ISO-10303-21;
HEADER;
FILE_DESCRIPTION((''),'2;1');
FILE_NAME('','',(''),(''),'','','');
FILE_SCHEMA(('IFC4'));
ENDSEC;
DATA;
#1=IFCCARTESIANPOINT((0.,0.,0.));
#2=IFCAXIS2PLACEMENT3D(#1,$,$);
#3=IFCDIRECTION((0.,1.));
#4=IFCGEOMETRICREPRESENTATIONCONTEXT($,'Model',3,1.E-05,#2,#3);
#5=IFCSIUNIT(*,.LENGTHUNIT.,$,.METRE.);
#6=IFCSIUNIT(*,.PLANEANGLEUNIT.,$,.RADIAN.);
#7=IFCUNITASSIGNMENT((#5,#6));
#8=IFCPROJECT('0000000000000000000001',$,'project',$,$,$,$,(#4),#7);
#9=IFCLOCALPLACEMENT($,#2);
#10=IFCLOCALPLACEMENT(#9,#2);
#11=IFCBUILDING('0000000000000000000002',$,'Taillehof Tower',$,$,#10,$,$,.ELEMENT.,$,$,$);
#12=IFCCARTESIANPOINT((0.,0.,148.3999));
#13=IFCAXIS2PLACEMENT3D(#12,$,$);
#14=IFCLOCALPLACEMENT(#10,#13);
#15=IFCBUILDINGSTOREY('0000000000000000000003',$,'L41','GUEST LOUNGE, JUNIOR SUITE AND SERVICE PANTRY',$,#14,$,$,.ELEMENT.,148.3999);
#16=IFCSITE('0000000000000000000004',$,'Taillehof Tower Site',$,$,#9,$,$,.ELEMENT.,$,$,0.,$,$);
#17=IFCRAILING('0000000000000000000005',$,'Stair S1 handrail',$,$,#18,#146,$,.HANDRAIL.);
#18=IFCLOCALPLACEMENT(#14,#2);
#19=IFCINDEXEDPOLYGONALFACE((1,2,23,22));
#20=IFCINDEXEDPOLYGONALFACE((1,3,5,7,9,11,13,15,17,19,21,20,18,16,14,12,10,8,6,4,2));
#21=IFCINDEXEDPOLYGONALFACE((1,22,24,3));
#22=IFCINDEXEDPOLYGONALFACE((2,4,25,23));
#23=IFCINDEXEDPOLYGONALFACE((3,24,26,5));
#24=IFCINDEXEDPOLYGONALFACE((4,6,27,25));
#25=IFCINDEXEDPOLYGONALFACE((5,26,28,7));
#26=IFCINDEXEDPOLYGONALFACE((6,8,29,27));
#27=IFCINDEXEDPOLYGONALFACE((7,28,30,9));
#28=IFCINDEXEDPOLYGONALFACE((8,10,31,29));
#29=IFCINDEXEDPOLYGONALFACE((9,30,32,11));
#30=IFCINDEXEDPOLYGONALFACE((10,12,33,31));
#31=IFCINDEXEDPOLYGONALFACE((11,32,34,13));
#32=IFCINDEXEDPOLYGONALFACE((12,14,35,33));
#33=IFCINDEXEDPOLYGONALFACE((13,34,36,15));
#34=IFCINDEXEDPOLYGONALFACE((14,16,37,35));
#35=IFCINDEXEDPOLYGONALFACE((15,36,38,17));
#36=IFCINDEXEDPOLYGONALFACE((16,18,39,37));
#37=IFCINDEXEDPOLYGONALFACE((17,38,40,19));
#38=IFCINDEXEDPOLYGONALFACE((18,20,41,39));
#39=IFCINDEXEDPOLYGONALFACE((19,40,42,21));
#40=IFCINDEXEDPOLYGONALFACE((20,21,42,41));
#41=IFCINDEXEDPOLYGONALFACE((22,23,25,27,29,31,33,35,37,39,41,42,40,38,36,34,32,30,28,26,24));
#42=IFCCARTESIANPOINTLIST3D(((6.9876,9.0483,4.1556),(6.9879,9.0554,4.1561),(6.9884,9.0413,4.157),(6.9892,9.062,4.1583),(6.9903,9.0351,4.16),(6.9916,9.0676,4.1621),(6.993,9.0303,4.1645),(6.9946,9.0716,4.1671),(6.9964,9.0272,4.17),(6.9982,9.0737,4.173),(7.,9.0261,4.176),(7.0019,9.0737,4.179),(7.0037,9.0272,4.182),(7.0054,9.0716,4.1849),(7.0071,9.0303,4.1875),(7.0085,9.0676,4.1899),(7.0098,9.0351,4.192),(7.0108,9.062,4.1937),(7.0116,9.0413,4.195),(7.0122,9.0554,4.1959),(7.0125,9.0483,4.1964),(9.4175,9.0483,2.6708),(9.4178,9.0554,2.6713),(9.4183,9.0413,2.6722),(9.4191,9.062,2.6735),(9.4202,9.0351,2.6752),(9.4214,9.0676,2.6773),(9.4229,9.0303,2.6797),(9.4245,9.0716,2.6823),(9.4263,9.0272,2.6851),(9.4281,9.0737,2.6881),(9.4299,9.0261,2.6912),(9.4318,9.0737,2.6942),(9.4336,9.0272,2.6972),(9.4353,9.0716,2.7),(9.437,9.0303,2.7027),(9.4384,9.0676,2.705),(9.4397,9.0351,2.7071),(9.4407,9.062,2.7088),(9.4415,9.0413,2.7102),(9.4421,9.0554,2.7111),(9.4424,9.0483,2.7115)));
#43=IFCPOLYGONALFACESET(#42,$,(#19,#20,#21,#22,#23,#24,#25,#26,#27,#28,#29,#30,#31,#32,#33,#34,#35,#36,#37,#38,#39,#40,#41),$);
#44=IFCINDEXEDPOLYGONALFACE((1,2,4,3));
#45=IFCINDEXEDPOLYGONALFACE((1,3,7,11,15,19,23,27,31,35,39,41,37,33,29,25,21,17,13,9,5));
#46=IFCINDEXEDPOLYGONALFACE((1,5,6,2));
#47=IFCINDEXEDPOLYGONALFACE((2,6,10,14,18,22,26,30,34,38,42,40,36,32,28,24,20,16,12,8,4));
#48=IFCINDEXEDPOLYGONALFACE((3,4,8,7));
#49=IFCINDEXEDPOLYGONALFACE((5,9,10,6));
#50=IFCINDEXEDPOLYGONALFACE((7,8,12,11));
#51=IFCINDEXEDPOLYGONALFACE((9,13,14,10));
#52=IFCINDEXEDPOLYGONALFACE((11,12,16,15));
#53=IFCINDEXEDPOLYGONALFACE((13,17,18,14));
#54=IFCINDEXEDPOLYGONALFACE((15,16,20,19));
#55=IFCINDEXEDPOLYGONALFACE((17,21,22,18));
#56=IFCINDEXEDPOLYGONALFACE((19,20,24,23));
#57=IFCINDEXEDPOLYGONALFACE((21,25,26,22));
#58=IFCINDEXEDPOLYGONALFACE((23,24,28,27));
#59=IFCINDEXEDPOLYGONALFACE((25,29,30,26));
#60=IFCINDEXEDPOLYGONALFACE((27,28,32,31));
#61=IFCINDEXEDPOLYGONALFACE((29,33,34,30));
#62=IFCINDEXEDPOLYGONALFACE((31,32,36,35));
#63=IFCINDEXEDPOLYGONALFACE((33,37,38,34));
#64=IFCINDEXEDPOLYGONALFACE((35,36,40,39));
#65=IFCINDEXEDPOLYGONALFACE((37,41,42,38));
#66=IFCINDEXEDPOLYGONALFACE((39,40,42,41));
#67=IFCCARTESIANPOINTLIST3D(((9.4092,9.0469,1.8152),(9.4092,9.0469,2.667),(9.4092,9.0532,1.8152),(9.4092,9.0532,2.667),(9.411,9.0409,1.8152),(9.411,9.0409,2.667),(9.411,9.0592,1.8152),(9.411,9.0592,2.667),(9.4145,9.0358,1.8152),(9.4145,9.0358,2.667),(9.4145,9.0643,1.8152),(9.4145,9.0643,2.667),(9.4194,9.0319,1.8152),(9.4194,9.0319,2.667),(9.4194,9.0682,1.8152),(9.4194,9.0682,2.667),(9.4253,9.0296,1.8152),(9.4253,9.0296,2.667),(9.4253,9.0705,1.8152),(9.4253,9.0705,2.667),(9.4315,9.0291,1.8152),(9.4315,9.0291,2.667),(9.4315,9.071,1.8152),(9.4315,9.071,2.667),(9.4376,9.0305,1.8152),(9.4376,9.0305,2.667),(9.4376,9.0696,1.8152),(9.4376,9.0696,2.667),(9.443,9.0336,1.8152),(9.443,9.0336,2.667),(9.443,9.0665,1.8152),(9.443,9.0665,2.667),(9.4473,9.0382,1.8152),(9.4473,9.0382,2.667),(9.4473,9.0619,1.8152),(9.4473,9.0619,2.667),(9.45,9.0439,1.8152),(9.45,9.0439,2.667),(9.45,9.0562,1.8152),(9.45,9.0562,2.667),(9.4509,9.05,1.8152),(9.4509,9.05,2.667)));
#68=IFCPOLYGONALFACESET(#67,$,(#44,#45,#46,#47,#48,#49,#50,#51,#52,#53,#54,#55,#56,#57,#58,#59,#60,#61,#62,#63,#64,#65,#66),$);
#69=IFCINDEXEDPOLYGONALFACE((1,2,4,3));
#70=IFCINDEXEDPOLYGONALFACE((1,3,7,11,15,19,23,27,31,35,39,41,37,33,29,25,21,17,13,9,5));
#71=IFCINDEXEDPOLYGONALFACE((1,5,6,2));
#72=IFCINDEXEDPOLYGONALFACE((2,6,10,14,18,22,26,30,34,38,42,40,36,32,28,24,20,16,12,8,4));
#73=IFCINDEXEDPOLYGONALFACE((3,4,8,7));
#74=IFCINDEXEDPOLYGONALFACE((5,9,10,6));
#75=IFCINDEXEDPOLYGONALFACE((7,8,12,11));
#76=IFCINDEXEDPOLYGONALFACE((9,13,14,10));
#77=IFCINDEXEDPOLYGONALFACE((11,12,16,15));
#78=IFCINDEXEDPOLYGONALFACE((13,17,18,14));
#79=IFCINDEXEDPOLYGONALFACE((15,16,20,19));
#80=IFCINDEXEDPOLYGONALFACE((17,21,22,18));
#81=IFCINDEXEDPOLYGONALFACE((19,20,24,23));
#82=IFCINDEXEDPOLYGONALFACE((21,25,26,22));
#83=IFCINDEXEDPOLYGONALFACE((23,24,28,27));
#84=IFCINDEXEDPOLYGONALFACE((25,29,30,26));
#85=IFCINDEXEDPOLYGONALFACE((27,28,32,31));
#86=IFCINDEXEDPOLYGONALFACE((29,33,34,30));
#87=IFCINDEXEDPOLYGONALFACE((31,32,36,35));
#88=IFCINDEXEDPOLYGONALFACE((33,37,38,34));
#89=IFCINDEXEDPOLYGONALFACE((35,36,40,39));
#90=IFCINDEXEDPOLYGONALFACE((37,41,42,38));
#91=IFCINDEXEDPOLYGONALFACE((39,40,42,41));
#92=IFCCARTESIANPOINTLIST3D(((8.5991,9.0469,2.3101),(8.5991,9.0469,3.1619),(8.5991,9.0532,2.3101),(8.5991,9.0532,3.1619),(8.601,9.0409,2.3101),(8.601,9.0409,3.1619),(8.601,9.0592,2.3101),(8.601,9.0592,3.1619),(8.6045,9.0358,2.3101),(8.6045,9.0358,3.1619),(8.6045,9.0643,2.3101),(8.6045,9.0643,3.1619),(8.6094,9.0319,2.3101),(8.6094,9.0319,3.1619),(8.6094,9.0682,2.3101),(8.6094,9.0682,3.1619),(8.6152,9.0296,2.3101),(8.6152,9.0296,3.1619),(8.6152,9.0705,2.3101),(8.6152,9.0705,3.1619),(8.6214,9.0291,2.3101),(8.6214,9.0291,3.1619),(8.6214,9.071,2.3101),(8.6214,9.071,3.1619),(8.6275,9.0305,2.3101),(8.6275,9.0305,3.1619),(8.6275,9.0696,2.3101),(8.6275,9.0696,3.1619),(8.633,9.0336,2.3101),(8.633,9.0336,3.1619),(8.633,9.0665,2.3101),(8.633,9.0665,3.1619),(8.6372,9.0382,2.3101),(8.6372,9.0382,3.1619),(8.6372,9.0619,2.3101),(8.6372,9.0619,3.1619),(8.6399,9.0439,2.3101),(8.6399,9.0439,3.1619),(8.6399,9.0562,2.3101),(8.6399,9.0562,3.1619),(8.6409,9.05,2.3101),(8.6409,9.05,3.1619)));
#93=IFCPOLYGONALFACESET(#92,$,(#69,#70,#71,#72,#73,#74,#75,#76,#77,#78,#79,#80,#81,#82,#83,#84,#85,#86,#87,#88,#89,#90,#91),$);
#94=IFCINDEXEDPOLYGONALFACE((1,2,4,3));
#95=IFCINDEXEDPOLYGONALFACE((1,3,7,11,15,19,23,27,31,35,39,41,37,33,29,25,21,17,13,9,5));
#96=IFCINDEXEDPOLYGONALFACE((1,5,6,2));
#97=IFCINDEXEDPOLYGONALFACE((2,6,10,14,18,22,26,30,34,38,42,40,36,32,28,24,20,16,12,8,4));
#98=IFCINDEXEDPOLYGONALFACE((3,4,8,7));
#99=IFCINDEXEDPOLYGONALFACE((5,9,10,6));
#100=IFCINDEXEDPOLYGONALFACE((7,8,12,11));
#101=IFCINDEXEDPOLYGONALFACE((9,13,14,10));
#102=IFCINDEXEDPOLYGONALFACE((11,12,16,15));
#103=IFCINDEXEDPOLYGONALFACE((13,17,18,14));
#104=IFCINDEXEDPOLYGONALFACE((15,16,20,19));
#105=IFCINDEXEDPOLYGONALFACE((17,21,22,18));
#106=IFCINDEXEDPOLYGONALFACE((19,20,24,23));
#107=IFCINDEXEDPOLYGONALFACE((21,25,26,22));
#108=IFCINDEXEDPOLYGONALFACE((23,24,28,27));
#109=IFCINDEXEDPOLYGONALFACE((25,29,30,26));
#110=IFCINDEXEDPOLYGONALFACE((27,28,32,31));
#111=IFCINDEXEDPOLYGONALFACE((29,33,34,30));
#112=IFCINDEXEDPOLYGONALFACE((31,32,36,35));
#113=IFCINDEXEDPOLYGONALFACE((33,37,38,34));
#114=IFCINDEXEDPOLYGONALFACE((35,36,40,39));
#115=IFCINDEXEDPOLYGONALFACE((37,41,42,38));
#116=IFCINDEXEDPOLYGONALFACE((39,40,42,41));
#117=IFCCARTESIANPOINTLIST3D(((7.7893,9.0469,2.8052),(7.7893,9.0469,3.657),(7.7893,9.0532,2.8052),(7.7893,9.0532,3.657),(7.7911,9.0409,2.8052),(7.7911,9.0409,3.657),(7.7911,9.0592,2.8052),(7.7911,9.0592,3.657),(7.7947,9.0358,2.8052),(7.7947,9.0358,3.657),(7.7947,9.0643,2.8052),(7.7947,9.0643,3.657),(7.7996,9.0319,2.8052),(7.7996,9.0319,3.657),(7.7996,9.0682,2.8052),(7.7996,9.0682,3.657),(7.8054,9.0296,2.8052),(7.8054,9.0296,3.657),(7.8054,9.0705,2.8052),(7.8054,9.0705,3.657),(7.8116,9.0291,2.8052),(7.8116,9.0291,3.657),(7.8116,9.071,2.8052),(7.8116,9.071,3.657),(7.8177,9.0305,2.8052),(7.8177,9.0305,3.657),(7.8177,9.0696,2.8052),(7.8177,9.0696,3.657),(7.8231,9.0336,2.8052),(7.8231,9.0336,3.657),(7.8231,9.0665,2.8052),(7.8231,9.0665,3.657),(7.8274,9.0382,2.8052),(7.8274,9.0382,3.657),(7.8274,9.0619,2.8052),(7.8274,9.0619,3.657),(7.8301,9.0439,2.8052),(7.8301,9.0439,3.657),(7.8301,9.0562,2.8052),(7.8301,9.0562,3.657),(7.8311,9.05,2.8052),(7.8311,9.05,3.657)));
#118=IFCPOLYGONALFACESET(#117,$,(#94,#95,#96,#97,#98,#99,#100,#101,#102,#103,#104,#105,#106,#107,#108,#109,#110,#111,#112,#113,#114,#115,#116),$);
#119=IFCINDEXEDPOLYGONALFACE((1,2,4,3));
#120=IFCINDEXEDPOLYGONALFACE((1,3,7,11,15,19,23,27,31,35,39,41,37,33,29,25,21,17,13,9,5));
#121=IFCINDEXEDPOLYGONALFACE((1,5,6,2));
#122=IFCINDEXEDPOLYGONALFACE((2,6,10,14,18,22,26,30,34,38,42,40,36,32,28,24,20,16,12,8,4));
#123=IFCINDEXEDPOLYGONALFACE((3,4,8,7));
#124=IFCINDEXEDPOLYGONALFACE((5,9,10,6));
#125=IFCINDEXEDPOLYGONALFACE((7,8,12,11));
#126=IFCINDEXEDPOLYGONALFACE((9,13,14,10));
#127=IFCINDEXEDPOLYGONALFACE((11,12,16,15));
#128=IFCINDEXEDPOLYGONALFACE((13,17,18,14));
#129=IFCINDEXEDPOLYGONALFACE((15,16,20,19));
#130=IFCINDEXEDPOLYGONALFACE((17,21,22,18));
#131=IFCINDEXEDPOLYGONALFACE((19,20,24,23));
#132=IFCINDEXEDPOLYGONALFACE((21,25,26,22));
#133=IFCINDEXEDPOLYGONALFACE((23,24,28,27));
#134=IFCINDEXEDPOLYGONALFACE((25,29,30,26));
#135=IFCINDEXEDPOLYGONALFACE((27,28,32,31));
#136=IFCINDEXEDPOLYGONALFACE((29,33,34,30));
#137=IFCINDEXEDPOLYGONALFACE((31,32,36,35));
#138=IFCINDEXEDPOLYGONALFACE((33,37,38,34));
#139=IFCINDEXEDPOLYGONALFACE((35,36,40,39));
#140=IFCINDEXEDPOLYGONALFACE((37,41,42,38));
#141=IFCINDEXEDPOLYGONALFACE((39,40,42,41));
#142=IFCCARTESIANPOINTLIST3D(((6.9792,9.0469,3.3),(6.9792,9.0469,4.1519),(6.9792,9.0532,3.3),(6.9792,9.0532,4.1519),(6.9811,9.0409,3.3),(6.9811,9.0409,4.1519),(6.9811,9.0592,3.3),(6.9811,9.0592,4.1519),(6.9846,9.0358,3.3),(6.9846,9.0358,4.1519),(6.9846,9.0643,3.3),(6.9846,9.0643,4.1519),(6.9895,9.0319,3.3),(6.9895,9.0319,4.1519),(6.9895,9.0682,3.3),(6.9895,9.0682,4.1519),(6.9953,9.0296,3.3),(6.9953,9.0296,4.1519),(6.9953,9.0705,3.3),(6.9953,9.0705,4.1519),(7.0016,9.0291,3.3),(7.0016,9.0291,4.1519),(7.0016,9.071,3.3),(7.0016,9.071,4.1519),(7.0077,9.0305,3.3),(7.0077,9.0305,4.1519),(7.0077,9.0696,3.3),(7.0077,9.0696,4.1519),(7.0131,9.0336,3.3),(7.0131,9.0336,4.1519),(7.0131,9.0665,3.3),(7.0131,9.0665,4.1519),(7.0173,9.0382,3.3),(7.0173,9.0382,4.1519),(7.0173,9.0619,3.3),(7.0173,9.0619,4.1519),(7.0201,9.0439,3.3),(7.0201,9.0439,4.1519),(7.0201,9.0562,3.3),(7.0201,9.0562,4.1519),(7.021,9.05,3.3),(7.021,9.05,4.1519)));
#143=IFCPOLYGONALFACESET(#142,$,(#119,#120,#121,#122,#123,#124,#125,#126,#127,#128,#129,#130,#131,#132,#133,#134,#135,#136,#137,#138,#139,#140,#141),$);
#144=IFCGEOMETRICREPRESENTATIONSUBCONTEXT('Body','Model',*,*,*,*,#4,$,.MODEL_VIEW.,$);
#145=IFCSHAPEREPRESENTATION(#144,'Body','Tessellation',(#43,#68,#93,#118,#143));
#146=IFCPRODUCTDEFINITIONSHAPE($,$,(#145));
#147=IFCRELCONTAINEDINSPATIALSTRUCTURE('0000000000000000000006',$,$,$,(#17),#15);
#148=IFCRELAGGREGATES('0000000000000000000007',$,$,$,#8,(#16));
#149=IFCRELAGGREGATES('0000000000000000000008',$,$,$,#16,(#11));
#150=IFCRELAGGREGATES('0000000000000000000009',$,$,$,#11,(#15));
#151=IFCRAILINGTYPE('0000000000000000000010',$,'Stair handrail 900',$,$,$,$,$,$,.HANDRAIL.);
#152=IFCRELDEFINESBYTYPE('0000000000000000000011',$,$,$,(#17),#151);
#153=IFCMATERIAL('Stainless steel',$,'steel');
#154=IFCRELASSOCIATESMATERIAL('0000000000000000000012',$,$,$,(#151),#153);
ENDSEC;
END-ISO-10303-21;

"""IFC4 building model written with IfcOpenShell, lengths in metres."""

from ifc_helpers import new_model, si_unit, direction, frame, origin, origin_2d, place, context, subcontext, project, spatial, circle, extrude, material, type_object, element, save


model = new_model("IFC4")

# Units and contexts
model_context = context("Model", 3, precision=1e-05, world=origin(), true_north=direction((0.0, 1.0)))
body_context = subcontext(model_context, "Body", "Model", "MODEL_VIEW")
ifc_project = project(units=[si_unit("LENGTHUNIT", "METRE"), si_unit("PLANEANGLEUNIT", "RADIAN")], contexts=[model_context])

# Site, building, storey
site_placement = place(None, origin())
site = spatial("IfcSite", under=ifc_project, at=site_placement, Name="Taillehof Tower Site", CompositionType="ELEMENT", RefElevation=0.0)
building_placement = place(site_placement, origin())
building = spatial("IfcBuilding", under=site, at=building_placement, Name="Taillehof Tower", CompositionType="ELEMENT")
storey_placement = place(building_placement, frame((0.0, 0.0, 148.3999)))
storey = spatial("IfcBuildingStorey", under=building, at=storey_placement, Name="L41", Description="GUEST LOUNGE, JUNIOR SUITE AND SERVICE PANTRY", CompositionType="ELEMENT", Elevation=148.3999)

# Railing
ifc_material_1 = material(Name="Stainless steel", Category="steel")
railing_type = type_object("IfcRailingType", Name="Stair handrail 900", PredefinedType="HANDRAIL", material=ifc_material_1)
railing_1_placement = place(storey_placement, frame((9.4299, 9.05, 1.8152)))
element("IfcRailing", 1, at=railing_1_placement, inside=storey, type_object=railing_type, Name="Stair S1 handrail", PredefinedType="HANDRAIL", context=body_context, shape_type="SweptSolid", body=[
    extrude(circle(Radius=0.0239, at=origin_2d()), frame((0.0, 0.0, 0.876), z_axis=(-0.853297, 0.0, 0.521426), x_axis=(0.0, -1.0, 0.0)), (0.0, 0.0, 1.0), 2.8477),
    extrude(circle(Radius=0.021, at=origin_2d()), origin(), (0.0, 0.0, 1.0), 0.8518),
    extrude(circle(Radius=0.021, at=origin_2d()), frame((-0.8101, 0.0, 0.4949)), (0.0, 0.0, 1.0), 0.8518),
    extrude(circle(Radius=0.021, at=origin_2d()), frame((-1.6199, 0.0, 0.99)), (0.0, 0.0, 1.0), 0.8518),
    extrude(circle(Radius=0.021, at=origin_2d()), frame((-2.4299, 0.0, 1.4849)), (0.0, 0.0, 1.0), 0.8518),
])

save(model, "model.ifc")
